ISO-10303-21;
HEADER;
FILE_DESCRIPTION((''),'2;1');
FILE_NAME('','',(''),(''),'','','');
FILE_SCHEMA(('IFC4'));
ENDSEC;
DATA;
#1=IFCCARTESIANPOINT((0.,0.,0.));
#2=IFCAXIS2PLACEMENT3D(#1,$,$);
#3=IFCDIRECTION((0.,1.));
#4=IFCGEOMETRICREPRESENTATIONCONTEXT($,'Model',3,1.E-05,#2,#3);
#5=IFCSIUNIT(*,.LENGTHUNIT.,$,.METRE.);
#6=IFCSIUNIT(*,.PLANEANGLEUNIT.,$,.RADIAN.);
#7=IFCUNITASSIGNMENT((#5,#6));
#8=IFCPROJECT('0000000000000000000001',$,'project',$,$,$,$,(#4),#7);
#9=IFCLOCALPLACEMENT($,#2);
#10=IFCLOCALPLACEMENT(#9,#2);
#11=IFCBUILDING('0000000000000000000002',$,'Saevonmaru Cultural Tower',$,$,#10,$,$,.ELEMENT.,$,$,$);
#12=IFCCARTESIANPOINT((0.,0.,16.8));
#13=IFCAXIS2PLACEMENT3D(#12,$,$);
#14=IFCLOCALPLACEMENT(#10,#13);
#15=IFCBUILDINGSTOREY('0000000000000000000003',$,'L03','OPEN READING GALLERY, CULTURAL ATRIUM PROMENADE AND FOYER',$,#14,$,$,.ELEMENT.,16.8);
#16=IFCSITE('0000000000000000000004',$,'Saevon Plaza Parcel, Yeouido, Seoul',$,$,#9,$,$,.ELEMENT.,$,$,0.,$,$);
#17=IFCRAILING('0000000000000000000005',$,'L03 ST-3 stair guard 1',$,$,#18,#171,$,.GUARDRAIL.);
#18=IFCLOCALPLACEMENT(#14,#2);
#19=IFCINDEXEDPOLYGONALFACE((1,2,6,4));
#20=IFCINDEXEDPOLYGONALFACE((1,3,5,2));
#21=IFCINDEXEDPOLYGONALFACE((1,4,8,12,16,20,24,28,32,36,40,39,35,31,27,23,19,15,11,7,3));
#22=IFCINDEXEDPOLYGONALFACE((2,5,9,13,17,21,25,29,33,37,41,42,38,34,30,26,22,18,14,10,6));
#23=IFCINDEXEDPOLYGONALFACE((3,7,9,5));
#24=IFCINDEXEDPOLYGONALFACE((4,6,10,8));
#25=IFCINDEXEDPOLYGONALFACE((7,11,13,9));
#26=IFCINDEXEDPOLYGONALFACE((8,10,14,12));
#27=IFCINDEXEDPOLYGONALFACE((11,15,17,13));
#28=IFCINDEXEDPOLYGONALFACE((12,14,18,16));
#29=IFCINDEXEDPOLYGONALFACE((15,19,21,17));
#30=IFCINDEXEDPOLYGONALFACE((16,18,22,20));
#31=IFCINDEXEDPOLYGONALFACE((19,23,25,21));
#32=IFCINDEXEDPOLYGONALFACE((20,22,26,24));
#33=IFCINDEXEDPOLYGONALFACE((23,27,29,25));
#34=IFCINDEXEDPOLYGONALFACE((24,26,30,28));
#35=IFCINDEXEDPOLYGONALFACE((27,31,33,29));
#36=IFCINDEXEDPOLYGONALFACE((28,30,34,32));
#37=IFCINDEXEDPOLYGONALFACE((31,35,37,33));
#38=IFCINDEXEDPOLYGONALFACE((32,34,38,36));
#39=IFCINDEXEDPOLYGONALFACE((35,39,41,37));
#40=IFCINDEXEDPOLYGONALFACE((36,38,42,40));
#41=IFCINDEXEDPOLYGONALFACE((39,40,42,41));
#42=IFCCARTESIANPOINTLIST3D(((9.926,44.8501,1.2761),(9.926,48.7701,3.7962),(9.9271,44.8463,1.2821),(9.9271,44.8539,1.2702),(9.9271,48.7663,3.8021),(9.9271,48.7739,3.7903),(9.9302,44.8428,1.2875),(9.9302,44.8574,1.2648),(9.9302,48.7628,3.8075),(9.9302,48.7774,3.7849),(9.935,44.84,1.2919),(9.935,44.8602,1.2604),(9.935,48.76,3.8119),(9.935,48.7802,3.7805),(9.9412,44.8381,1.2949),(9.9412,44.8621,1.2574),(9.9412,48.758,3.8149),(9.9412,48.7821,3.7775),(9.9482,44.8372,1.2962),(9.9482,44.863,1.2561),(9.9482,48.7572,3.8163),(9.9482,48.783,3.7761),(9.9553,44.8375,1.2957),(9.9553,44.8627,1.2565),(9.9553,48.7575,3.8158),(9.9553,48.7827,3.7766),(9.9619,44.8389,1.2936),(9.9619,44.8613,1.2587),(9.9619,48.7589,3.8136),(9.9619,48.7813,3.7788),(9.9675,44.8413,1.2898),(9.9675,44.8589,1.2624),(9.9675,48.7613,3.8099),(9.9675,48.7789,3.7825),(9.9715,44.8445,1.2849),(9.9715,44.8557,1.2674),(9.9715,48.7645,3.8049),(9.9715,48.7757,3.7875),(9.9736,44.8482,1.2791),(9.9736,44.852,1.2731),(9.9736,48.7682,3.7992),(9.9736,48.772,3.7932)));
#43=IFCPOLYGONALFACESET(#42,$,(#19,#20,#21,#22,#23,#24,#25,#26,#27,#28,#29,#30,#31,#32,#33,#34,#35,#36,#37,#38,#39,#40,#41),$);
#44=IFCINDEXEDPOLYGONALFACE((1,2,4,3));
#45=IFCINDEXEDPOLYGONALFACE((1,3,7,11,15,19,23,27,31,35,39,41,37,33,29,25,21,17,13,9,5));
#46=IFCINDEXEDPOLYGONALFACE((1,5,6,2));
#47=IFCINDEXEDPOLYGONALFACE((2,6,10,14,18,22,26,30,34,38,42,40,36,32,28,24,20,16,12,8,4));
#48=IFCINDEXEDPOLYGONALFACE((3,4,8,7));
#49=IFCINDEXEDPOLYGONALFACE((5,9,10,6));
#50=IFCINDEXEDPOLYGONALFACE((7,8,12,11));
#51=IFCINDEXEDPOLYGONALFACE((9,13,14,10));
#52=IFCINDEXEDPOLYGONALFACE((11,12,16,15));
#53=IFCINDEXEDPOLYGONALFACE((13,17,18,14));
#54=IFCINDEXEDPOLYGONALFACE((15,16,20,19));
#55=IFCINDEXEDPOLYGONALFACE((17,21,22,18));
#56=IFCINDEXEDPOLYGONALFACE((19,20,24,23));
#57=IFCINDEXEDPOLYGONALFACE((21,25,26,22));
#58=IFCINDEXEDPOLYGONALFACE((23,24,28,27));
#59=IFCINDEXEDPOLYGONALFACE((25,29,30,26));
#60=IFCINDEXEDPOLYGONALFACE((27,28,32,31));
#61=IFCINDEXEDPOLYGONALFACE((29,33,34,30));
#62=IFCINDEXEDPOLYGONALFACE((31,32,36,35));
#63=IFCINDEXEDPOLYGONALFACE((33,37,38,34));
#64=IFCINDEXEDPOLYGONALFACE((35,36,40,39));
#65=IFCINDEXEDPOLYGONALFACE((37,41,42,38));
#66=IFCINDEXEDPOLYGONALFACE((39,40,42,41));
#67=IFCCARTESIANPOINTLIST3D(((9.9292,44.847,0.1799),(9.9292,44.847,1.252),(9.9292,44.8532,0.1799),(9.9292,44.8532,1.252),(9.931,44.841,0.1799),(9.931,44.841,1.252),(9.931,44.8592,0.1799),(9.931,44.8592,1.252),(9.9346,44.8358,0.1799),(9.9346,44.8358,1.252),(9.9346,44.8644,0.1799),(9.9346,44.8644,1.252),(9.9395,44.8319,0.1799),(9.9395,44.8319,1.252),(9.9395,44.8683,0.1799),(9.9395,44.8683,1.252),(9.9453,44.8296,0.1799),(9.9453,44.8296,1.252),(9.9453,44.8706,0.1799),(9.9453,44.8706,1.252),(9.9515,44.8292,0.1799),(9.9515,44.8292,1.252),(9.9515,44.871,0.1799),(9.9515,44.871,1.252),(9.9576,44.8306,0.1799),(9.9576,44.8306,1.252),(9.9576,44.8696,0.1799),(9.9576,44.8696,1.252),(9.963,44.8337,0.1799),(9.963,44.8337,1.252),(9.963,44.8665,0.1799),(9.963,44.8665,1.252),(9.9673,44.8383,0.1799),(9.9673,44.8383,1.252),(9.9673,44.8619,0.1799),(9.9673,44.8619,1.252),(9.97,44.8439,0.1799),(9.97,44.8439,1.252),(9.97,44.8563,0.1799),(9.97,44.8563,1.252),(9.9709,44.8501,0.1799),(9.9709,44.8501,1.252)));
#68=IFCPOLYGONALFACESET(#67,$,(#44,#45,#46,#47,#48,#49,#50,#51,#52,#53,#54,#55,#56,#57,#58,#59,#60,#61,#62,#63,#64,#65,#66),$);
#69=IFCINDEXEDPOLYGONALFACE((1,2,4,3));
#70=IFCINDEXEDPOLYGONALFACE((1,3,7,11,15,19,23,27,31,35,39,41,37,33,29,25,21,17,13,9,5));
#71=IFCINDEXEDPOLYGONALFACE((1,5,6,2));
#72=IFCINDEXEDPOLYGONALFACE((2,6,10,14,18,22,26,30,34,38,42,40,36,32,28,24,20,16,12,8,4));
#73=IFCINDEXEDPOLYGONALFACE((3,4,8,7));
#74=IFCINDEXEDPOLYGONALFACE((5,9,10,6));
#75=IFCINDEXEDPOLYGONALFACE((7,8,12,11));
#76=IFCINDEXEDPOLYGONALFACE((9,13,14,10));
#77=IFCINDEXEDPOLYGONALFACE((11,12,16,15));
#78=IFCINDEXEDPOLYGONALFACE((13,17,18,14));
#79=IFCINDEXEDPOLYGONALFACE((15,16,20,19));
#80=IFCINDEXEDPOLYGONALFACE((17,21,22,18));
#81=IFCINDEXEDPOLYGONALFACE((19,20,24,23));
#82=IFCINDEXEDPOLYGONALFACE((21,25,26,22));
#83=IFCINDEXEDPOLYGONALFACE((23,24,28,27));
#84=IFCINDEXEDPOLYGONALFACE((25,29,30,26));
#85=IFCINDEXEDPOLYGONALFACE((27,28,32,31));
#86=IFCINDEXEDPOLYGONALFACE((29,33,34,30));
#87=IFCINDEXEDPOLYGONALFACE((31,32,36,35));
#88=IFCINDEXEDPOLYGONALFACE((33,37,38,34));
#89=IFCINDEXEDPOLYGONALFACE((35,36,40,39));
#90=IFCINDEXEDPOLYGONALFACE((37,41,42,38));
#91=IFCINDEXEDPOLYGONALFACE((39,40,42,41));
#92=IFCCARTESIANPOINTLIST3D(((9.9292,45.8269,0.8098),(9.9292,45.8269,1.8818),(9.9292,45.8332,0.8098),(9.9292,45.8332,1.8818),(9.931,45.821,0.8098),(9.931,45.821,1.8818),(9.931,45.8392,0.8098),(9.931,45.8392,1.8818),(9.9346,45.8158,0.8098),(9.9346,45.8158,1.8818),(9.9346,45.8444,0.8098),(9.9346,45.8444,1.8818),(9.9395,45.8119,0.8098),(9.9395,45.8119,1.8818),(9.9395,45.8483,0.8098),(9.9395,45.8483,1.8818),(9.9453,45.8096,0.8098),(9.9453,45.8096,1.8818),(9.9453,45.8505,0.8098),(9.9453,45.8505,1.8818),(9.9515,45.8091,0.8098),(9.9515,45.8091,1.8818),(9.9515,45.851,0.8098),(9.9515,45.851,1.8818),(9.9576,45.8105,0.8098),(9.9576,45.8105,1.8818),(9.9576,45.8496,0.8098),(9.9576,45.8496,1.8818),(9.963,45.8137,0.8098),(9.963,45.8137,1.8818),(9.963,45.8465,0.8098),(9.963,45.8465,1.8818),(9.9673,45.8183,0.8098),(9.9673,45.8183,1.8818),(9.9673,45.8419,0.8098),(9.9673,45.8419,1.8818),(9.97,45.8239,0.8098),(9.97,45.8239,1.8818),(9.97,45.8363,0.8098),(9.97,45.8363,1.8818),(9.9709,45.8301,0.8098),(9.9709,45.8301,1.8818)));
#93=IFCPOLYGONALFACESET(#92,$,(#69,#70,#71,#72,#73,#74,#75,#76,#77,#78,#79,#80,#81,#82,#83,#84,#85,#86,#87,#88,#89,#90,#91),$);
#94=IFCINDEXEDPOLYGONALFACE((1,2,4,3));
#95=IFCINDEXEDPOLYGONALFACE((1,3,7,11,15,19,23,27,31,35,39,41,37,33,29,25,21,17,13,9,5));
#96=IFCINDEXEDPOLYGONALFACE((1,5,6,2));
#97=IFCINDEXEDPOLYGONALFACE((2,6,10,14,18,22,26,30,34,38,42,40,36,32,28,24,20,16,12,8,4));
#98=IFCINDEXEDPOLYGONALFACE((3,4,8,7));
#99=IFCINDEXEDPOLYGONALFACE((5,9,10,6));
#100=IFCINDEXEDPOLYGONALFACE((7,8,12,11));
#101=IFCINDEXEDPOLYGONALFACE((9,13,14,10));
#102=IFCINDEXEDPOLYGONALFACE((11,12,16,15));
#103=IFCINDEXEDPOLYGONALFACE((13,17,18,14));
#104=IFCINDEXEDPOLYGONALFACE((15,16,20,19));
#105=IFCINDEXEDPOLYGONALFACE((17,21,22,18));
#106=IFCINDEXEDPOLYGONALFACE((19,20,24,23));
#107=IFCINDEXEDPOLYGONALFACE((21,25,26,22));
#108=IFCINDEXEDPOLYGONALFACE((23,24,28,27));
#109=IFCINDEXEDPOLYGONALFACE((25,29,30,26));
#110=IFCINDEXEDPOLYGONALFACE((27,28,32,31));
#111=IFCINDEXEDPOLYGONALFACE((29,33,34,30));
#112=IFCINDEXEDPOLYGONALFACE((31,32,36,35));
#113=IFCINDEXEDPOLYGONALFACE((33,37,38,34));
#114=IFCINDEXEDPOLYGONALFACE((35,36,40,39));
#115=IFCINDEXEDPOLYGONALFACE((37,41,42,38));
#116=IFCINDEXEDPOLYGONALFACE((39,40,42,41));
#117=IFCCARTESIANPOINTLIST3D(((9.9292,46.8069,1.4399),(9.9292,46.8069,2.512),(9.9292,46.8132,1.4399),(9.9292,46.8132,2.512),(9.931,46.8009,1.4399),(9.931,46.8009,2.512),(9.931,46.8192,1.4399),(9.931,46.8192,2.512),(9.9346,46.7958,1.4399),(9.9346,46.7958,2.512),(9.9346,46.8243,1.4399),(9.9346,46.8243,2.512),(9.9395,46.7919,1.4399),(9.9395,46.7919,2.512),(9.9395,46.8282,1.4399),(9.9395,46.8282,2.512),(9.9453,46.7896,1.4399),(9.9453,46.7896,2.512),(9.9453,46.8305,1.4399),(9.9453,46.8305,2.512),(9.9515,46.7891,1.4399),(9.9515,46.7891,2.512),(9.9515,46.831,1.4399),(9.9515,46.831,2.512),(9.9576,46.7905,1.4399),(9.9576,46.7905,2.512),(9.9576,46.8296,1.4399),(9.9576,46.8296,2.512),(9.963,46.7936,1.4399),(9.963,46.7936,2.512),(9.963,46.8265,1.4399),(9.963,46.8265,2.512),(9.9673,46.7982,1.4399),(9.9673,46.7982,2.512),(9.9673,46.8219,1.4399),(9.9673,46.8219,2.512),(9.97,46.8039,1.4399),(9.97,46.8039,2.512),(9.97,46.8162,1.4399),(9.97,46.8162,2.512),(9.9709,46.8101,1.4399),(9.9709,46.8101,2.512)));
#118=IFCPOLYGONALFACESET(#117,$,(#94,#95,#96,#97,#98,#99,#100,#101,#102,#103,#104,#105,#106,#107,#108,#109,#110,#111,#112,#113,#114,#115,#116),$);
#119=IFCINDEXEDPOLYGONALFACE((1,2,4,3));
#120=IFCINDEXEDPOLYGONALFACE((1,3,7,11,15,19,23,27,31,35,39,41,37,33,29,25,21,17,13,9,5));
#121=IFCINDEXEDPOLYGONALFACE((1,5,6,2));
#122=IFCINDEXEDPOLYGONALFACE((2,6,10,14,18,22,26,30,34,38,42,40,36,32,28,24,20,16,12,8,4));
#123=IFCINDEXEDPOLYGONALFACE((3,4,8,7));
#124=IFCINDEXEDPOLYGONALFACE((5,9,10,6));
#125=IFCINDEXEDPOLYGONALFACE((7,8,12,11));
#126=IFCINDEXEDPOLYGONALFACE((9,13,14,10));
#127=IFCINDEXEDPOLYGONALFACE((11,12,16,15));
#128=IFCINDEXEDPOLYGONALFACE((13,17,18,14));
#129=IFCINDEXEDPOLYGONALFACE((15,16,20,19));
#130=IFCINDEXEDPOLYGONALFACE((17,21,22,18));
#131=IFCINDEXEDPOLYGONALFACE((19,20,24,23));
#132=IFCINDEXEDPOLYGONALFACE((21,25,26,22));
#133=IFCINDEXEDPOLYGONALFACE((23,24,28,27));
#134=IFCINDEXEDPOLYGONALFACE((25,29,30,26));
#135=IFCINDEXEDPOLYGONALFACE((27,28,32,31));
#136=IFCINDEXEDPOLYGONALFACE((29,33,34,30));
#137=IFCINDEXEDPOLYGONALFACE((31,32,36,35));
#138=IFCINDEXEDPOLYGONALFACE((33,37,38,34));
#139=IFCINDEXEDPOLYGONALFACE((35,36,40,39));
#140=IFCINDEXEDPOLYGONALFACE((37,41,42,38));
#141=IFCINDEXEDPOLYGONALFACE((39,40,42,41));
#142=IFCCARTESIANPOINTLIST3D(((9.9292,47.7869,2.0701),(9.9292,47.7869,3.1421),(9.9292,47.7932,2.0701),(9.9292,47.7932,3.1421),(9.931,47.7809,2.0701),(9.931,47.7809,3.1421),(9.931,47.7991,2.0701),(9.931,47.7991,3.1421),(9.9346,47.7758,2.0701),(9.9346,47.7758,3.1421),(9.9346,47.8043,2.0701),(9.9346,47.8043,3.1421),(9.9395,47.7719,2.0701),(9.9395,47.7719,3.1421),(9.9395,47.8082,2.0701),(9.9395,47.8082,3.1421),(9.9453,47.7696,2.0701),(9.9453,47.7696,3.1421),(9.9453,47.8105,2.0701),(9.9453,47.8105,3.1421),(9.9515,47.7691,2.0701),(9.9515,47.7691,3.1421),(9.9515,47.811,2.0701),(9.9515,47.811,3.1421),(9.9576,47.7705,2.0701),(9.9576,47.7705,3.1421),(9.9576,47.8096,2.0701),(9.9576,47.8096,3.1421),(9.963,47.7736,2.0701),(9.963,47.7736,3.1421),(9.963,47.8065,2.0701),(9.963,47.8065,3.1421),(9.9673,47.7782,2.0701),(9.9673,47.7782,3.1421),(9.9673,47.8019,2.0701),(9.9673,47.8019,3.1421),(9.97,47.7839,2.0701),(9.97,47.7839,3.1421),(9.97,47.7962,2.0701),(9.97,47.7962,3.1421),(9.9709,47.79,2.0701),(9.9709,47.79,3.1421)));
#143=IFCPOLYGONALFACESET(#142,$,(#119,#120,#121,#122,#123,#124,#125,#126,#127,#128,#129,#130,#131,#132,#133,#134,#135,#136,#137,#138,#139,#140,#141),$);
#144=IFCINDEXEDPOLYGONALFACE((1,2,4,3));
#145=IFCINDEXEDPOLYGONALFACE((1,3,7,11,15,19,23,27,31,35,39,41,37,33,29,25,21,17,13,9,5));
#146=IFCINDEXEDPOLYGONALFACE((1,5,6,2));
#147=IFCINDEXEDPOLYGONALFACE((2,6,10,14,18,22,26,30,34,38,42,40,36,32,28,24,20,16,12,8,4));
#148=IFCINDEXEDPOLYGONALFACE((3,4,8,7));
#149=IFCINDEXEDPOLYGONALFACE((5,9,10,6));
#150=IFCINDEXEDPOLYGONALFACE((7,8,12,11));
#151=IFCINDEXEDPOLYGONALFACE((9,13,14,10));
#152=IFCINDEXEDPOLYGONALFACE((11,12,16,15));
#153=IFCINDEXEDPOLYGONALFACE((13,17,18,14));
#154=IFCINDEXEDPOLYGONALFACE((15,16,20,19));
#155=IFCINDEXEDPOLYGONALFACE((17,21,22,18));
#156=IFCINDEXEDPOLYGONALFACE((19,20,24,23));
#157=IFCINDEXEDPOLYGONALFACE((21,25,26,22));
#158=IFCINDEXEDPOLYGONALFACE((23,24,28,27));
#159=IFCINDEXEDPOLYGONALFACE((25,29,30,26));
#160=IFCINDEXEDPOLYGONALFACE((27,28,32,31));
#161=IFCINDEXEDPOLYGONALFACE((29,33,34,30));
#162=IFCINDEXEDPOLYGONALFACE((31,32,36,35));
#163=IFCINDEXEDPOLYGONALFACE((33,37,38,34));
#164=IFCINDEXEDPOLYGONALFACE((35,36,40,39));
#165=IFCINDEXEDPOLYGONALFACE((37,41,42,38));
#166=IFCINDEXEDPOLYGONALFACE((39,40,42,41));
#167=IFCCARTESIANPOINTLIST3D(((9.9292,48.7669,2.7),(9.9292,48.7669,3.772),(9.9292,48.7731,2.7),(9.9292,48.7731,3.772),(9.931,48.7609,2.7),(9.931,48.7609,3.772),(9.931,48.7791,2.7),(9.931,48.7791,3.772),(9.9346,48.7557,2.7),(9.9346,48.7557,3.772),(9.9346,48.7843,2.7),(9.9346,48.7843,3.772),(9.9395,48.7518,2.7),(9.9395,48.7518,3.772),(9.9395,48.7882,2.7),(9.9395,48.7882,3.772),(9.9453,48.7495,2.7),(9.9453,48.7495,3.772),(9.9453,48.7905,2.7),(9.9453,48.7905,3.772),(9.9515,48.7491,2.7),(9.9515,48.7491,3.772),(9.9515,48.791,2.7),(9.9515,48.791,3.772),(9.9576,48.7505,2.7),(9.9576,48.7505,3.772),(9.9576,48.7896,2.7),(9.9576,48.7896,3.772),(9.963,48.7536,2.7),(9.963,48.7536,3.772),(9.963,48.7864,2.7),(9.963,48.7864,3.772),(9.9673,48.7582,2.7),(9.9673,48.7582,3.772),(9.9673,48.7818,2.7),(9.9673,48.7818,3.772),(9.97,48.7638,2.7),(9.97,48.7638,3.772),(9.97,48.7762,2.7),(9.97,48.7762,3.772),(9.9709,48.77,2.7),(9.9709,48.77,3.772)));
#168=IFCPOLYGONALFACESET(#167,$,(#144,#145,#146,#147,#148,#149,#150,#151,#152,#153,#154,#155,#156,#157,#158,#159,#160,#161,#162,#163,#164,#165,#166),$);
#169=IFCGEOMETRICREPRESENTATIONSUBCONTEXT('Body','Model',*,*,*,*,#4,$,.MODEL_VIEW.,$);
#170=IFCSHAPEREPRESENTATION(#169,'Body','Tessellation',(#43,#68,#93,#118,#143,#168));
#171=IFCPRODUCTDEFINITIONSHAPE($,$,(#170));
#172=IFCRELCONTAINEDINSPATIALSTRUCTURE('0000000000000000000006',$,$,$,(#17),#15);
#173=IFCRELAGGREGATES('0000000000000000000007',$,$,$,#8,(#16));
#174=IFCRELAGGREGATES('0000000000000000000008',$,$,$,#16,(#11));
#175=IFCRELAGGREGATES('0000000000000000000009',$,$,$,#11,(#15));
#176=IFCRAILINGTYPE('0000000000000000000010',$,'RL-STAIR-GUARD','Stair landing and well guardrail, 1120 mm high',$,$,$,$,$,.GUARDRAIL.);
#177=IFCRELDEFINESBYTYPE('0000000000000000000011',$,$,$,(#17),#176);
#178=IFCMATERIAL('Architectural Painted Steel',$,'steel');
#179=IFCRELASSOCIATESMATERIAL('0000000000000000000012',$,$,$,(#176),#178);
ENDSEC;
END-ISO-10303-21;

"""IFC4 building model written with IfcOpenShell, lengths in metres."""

from ifc_helpers import new_model, si_unit, direction, frame, origin, origin_2d, place, context, subcontext, project, spatial, circle, extrude, material, type_object, element, save


model = new_model("IFC4")

# Units and contexts
model_context = context("Model", 3, precision=1e-05, world=origin(), true_north=direction((0.0, 1.0)))
body_context = subcontext(model_context, "Body", "Model", "MODEL_VIEW")
ifc_project = project(units=[si_unit("LENGTHUNIT", "METRE"), si_unit("PLANEANGLEUNIT", "RADIAN")], contexts=[model_context])

# Site, building, storey
site_placement = place(None, origin())
site = spatial("IfcSite", under=ifc_project, at=site_placement, Name="Saevon Plaza Parcel, Yeouido, Seoul", CompositionType="ELEMENT", RefElevation=0.0)
building_placement = place(site_placement, origin())
building = spatial("IfcBuilding", under=site, at=building_placement, Name="Saevonmaru Cultural Tower", CompositionType="ELEMENT")
storey_placement = place(building_placement, frame((0.0, 0.0, 16.8)))
storey = spatial("IfcBuildingStorey", under=building, at=storey_placement, Name="L03", Description="OPEN READING GALLERY, CULTURAL ATRIUM PROMENADE AND FOYER", CompositionType="ELEMENT", Elevation=16.8)

# Railing
ifc_material_1 = material(Name="Architectural Painted Steel", Category="steel")
railing_type_1 = type_object("IfcRailingType", Name="RL-STAIR-GUARD", Description="Stair landing and well guardrail, 1120 mm high", PredefinedType="GUARDRAIL", material=ifc_material_1)
railing_1_placement = place(storey_placement, frame((9.95, 44.8501, 0.1799)))
element("IfcRailing", 1, at=railing_1_placement, inside=storey, type_object=railing_type_1, Name="L03 ST-3 stair guard 1", PredefinedType="GUARDRAIL", context=body_context, shape_type="SweptSolid", body=[
    extrude(circle(Radius=0.0239, at=origin_2d()), frame((0.0, 0.0, 1.0962), z_axis=(0.0, 0.841172, 0.540768), x_axis=(-1.0, 0.0, 0.0)), (0.0, 0.0, 1.0), 4.6602),
    extrude(circle(Radius=0.021, at=origin_2d()), origin(), (0.0, 0.0, 1.0), 1.072),
    extrude(circle(Radius=0.021, at=origin_2d()), frame((0.0, 0.98, 0.6299)), (0.0, 0.0, 1.0), 1.072),
    extrude(circle(Radius=0.021, at=origin_2d()), frame((0.0, 1.96, 1.26)), (0.0, 0.0, 1.0), 1.072),
    extrude(circle(Radius=0.021, at=origin_2d()), frame((0.0, 2.9399, 1.8901)), (0.0, 0.0, 1.0), 1.072),
    extrude(circle(Radius=0.021, at=origin_2d()), frame((0.0, 3.9199, 2.52)), (0.0, 0.0, 1.0), 1.072),
])

save(model, "model.ifc")
